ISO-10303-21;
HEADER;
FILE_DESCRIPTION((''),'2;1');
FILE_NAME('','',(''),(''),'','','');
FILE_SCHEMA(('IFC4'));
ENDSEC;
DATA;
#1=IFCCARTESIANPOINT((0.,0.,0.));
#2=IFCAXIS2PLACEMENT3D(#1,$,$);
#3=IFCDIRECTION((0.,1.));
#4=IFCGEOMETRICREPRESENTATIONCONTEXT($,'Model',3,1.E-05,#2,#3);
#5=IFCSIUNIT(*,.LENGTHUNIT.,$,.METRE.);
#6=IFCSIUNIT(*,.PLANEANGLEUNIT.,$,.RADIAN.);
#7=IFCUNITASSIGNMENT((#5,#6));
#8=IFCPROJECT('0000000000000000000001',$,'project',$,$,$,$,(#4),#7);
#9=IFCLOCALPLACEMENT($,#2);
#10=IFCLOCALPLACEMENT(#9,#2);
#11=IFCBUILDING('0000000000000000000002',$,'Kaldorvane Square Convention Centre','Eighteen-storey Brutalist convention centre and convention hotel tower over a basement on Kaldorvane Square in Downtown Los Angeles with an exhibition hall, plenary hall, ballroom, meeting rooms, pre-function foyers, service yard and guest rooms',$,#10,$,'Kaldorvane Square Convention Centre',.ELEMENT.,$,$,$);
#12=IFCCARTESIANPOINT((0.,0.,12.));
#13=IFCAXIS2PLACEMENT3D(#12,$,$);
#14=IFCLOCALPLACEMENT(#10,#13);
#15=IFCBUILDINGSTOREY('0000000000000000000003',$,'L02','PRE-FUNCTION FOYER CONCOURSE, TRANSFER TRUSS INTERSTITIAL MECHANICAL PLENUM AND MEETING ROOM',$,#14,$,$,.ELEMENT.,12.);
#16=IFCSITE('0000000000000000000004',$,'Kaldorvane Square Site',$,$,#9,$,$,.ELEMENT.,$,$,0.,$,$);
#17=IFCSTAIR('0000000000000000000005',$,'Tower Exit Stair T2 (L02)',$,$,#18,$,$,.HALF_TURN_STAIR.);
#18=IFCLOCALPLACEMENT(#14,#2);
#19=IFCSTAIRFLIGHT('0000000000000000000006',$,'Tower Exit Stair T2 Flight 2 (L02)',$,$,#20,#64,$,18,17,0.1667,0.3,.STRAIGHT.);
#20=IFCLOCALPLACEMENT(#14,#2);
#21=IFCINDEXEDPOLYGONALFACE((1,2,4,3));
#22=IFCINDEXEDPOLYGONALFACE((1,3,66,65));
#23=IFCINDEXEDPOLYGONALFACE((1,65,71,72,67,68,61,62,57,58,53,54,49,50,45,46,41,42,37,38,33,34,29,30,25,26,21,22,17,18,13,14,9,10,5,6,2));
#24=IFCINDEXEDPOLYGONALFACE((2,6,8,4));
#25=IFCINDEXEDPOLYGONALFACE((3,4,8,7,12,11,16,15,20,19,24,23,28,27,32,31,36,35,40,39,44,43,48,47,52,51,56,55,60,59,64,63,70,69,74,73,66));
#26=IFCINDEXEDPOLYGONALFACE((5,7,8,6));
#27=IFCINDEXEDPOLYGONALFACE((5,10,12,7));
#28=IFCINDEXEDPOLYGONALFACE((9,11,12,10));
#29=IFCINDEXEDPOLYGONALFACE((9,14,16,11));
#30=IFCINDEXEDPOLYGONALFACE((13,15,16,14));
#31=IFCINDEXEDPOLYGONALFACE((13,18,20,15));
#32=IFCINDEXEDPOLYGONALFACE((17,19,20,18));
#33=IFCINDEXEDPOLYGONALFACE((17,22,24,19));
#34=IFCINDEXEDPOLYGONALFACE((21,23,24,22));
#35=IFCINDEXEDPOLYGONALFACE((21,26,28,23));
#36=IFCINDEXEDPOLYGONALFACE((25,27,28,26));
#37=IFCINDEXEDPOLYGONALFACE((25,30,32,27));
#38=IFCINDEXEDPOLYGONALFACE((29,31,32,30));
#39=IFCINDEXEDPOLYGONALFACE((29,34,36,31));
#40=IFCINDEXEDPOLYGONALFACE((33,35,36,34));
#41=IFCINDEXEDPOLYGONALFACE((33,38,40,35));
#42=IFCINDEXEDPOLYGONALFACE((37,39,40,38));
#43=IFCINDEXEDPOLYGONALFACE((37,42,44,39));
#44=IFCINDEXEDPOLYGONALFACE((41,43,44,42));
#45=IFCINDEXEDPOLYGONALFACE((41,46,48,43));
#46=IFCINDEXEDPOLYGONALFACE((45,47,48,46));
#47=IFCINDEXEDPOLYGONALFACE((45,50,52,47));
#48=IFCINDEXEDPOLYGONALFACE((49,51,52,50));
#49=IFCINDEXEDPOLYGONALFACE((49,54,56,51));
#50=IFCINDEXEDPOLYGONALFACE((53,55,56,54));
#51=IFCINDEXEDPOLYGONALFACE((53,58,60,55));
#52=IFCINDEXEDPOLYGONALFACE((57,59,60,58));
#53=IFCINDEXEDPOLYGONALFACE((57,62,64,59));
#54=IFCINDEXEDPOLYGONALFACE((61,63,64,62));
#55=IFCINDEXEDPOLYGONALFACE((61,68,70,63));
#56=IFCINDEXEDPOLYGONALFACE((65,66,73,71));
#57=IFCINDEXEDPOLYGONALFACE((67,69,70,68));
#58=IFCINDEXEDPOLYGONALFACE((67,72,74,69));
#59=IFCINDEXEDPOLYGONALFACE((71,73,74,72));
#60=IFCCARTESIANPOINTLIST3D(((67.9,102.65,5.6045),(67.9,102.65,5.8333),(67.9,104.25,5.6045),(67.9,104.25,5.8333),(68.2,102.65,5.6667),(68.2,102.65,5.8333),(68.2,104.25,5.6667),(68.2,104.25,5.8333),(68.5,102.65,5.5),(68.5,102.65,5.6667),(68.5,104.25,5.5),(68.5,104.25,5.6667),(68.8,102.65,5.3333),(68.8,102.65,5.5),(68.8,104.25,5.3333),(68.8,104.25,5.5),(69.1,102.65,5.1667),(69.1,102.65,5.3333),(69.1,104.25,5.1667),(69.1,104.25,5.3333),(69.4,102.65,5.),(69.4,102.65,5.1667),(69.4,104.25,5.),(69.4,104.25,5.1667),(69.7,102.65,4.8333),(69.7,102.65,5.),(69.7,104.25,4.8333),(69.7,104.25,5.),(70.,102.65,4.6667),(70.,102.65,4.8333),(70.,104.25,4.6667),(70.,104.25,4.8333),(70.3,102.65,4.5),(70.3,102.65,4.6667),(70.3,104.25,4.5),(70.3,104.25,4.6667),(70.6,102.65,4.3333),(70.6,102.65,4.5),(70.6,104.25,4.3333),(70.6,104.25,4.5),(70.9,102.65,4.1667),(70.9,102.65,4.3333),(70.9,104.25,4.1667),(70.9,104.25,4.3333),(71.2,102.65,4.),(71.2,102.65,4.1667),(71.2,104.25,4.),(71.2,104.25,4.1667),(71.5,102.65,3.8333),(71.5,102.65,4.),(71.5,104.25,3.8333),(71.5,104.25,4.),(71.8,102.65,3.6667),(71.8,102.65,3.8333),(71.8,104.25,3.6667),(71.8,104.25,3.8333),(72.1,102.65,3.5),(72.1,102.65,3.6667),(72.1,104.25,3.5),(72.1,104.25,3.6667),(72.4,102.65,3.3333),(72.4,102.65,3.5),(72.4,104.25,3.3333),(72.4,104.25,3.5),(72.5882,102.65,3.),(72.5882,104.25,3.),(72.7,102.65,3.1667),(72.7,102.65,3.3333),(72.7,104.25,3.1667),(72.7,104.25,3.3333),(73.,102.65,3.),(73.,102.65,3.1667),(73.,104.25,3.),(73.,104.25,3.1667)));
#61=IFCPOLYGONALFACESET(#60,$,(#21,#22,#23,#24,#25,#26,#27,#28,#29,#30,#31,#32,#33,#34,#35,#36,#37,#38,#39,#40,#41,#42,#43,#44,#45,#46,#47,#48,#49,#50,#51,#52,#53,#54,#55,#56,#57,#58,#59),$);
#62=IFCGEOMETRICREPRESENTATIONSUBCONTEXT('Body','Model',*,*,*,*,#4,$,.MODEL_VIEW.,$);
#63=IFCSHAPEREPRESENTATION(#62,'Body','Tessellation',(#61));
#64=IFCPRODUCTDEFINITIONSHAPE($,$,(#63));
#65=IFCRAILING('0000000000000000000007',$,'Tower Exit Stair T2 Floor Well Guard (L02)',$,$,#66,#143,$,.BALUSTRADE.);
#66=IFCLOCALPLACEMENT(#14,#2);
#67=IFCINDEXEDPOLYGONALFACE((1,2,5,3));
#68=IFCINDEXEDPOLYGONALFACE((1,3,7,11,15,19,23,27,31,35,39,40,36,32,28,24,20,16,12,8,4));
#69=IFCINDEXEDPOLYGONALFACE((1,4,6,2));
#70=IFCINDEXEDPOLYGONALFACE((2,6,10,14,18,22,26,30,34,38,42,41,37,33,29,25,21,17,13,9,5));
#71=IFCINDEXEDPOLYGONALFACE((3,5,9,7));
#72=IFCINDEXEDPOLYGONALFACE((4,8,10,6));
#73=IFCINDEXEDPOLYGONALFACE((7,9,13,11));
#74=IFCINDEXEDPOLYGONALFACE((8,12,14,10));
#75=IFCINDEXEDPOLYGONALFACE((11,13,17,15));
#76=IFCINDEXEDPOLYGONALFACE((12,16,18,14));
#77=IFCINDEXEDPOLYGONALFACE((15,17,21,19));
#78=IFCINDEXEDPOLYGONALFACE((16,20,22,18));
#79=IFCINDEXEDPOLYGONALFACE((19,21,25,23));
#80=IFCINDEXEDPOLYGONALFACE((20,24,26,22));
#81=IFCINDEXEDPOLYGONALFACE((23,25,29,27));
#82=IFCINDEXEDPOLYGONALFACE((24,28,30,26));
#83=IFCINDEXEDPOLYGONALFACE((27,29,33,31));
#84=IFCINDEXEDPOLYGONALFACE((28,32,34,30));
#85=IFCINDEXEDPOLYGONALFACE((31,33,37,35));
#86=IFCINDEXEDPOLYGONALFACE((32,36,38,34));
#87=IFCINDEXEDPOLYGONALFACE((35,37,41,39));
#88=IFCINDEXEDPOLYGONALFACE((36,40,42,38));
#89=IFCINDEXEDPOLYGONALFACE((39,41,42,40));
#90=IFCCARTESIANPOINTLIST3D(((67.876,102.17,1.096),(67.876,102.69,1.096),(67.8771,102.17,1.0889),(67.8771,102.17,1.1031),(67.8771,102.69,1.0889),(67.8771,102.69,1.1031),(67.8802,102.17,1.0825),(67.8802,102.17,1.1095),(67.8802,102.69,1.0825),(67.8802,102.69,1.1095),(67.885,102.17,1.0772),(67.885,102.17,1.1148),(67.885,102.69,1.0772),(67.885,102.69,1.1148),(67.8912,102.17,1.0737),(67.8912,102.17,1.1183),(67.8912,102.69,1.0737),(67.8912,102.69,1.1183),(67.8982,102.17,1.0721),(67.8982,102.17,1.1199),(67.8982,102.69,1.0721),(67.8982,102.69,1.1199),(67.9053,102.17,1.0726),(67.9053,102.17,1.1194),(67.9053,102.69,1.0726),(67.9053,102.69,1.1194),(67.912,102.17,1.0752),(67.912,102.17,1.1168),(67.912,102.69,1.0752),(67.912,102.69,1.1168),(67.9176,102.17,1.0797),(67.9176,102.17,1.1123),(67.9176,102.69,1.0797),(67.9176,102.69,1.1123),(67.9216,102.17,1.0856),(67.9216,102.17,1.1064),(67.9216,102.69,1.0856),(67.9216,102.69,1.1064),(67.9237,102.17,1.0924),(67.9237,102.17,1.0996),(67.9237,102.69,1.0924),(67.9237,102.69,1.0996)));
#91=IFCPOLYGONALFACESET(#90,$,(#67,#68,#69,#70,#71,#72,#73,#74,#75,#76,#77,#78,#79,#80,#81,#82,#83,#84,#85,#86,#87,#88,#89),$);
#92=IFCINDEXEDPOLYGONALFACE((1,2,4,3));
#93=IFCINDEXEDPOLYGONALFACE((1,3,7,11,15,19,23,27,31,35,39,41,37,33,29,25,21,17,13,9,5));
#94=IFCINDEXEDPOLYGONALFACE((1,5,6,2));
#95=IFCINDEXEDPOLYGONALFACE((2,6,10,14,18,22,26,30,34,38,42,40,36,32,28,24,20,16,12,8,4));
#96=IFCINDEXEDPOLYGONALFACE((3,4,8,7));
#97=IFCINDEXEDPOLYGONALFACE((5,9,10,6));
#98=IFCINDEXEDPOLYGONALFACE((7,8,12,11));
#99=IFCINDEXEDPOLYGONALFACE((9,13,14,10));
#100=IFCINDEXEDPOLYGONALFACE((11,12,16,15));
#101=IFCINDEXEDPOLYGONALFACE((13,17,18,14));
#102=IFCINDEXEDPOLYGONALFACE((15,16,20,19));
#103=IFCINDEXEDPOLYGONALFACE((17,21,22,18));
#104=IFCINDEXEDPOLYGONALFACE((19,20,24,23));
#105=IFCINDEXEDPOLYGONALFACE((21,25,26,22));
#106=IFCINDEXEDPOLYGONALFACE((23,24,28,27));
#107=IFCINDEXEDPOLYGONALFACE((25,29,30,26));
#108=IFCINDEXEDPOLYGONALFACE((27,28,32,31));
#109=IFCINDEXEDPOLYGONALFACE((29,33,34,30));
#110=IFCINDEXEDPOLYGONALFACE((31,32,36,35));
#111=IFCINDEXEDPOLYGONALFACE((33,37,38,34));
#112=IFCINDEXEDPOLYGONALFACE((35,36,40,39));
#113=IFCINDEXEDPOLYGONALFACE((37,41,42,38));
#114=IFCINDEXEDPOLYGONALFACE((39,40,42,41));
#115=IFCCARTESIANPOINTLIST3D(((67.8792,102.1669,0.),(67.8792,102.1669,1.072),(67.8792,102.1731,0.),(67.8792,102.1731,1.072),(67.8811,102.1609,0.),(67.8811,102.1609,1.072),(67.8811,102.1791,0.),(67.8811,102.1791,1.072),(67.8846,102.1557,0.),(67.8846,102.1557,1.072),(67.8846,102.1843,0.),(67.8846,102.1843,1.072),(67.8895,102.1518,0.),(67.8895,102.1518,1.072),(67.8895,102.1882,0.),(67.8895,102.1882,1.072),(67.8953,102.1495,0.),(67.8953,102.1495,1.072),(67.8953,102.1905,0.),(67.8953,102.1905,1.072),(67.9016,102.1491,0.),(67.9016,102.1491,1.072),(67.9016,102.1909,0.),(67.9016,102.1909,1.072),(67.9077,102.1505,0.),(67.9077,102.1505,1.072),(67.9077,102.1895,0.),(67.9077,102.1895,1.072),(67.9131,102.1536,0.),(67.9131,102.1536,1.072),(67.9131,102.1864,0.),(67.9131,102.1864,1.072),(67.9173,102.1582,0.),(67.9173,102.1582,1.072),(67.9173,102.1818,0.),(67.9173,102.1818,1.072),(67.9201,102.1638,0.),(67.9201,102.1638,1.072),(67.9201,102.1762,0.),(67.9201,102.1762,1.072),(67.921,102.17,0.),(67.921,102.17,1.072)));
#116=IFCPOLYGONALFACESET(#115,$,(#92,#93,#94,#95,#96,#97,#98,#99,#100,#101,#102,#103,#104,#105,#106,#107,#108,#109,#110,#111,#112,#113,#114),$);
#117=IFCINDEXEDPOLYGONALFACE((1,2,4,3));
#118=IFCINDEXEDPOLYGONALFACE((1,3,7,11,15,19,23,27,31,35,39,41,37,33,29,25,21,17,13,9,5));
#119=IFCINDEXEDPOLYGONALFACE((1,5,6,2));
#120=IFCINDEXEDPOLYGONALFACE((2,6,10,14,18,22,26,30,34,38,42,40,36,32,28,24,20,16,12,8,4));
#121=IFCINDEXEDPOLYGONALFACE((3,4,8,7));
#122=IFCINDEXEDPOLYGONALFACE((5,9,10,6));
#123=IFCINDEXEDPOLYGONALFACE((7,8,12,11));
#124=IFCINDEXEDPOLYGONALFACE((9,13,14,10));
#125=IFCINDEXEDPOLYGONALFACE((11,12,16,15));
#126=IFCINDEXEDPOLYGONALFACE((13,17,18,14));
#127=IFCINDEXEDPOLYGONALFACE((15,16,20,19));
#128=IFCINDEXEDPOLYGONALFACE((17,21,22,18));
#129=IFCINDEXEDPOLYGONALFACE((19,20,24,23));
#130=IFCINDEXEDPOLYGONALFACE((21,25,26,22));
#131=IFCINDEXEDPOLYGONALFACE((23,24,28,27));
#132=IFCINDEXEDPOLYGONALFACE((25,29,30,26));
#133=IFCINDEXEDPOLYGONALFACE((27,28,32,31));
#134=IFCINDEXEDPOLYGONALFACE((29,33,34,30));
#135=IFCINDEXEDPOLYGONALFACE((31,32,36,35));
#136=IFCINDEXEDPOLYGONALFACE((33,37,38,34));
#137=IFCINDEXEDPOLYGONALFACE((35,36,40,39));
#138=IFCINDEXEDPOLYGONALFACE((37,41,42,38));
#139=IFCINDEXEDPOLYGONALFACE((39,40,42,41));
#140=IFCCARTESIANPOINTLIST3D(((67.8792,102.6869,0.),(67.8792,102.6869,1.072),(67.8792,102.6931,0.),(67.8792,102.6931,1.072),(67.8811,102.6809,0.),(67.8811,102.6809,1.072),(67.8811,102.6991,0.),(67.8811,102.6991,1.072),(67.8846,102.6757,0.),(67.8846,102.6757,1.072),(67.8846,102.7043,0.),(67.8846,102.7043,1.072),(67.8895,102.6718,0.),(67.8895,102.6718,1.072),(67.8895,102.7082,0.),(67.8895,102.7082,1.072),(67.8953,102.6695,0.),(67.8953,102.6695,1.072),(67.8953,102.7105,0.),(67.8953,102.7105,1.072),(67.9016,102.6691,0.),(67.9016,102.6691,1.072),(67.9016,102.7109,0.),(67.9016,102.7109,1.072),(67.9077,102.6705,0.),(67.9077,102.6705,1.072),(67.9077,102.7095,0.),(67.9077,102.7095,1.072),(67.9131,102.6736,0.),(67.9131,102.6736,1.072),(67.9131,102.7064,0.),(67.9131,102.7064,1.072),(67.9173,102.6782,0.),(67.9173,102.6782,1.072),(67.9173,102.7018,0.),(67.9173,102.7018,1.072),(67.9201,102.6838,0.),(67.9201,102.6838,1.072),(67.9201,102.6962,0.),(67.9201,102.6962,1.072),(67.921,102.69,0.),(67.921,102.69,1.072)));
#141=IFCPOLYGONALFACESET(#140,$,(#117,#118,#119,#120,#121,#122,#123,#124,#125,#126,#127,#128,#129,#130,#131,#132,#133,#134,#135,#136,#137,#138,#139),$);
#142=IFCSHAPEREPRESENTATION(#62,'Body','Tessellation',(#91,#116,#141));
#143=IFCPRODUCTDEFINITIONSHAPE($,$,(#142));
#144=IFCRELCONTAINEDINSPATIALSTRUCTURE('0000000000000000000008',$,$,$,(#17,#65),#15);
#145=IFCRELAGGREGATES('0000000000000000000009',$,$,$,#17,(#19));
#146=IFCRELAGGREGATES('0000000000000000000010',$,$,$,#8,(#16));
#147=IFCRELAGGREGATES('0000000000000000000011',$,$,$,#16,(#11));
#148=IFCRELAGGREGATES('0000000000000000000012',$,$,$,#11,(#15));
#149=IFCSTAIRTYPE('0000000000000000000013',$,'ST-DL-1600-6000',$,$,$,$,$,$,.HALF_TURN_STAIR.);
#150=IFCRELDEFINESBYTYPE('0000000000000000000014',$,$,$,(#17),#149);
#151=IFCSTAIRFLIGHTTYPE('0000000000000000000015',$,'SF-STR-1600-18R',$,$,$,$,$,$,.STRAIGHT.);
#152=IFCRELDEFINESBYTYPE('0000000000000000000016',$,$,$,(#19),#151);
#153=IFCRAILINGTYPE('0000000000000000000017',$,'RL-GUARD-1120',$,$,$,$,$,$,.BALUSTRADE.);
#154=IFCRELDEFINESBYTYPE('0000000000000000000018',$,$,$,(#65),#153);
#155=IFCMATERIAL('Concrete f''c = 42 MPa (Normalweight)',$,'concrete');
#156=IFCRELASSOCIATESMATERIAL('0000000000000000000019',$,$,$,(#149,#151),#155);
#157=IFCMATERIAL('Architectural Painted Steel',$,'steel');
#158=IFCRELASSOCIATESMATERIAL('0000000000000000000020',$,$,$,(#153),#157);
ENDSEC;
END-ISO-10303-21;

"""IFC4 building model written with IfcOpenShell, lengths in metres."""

from ifc_helpers import new_model, si_unit, direction, frame, origin, origin_2d, place, context, subcontext, project, spatial, polyline, circle, outline, extrude, material, type_object, element, aggregate, save


model = new_model("IFC4")

# Units and contexts
model_context = context("Model", 3, precision=1e-05, world=origin(), true_north=direction((0.0, 1.0)))
body_context = subcontext(model_context, "Body", "Model", "MODEL_VIEW")
ifc_project = project(units=[si_unit("LENGTHUNIT", "METRE"), si_unit("PLANEANGLEUNIT", "RADIAN")], contexts=[model_context])

# Site, building, storey
site_placement = place(None, origin())
site = spatial("IfcSite", under=ifc_project, at=site_placement, Name="Kaldorvane Square Site", CompositionType="ELEMENT", RefElevation=0.0)
building_placement = place(site_placement, origin())
building = spatial("IfcBuilding", under=site, at=building_placement, Name="Kaldorvane Square Convention Centre", Description="Eighteen-storey Brutalist convention centre and convention hotel tower over a basement on Kaldorvane Square in Downtown Los Angeles with an exhibition hall, plenary hall, ballroom, meeting rooms, pre-function foyers, service yard and guest rooms", LongName="Kaldorvane Square Convention Centre", CompositionType="ELEMENT")
storey_placement = place(building_placement, frame((0.0, 0.0, 12.0)))
storey = spatial("IfcBuildingStorey", under=building, at=storey_placement, Name="L02", Description="PRE-FUNCTION FOYER CONCOURSE, TRANSFER TRUSS INTERSTITIAL MECHANICAL PLENUM AND MEETING ROOM", CompositionType="ELEMENT", Elevation=12.0)

# Stair, stair flight
ifc_material_1 = material(Name="Concrete f'c = 42 MPa (Normalweight)", Category="concrete")
stair_type = type_object("IfcStairType", Name="ST-DL-1600-6000", PredefinedType="HALF_TURN_STAIR", material=ifc_material_1)
stair_placement = place(storey_placement, origin())
stair = element("IfcStair", 1, at=stair_placement, inside=storey, type_object=stair_type, Name="Tower Exit Stair T2 (L02)", PredefinedType="HALF_TURN_STAIR")
stair_flight_type = type_object("IfcStairFlightType", Name="SF-STR-1600-18R", PredefinedType="STRAIGHT", material=ifc_material_1)
stair_flight_1_placement = place(storey_placement, frame((73.0, 103.45, 3.0), z_axis=(0.0, 0.0, 1.0), x_axis=(-1.0, 0.0, 0.0)))
stair_flight_1 = element("IfcStairFlight", 2, at=stair_flight_1_placement, type_object=stair_flight_type, Name="Tower Exit Stair T2 Flight 2 (L02)", NumberOfRisers=18, NumberOfTreads=17, PredefinedType="STRAIGHT", RiserHeight=0.1667, TreadLength=0.3, context=body_context, shape_type="SweptSolid", body=[
    extrude(outline(polyline([(0.0, 0.0), (0.0, 0.1667), (0.3, 0.1667), (0.3, 0.3333), (0.6, 0.3333), (0.6, 0.5), (0.9, 0.5), (0.9, 0.6667), (1.2, 0.6667), (1.2, 0.8333), (1.5, 0.8333), (1.5, 1.0), (1.8, 1.0), (1.8, 1.1667), (2.1, 1.1667), (2.1, 1.3333), (2.4, 1.3333), (2.4, 1.5), (2.7, 1.5), (2.7, 1.6667), (3.0, 1.6667), (3.0, 1.8333), (3.3, 1.8333), (3.3, 2.0), (3.6, 2.0), (3.6, 2.1667), (3.9, 2.1667), (3.9, 2.3333), (4.2, 2.3333), (4.2, 2.5), (4.5, 2.5), (4.5, 2.6667), (4.8, 2.6667), (4.8, 2.8333), (5.1, 2.8333), (5.1, 3.0), (5.1, 2.6045), (0.4118, 0.0), (0.0, 0.0)])), frame((0.0, 0.8, 0.0), z_axis=(0.0, -1.0, 0.0), x_axis=(1.0, 0.0, 0.0)), (0.0, 0.0, 1.0), 1.6),
])
aggregate(stair, [stair_flight_1])

# Railing
ifc_material_2 = material(Name="Architectural Painted Steel", Category="steel")
railing_type_1 = type_object("IfcRailingType", Name="RL-GUARD-1120", PredefinedType="BALUSTRADE", material=ifc_material_2)
for number, where, name in (
    (3, (67.9, 102.17, 0.0), "Tower Exit Stair T2 Floor Well Guard (L02)"),
):
    element("IfcRailing", number, at=place(storey_placement, frame(where)), inside=storey, type_object=railing_type_1, Name=name, PredefinedType="BALUSTRADE", context=body_context, shape_type="SweptSolid", body=[
        extrude(circle(Radius=0.024, at=origin_2d()), frame((0.0, 0.0, 1.096), z_axis=(0.0, 1.0, 0.0), x_axis=(-1.0, 0.0, 0.0)), (0.0, 0.0, 1.0), 0.52),
        extrude(circle(Radius=0.021, at=origin_2d()), origin(), (0.0, 0.0, 1.0), 1.072),
        extrude(circle(Radius=0.021, at=origin_2d()), frame((0.0, 0.52, 0.0)), (0.0, 0.0, 1.0), 1.072),
    ])

save(model, "model.ifc")
